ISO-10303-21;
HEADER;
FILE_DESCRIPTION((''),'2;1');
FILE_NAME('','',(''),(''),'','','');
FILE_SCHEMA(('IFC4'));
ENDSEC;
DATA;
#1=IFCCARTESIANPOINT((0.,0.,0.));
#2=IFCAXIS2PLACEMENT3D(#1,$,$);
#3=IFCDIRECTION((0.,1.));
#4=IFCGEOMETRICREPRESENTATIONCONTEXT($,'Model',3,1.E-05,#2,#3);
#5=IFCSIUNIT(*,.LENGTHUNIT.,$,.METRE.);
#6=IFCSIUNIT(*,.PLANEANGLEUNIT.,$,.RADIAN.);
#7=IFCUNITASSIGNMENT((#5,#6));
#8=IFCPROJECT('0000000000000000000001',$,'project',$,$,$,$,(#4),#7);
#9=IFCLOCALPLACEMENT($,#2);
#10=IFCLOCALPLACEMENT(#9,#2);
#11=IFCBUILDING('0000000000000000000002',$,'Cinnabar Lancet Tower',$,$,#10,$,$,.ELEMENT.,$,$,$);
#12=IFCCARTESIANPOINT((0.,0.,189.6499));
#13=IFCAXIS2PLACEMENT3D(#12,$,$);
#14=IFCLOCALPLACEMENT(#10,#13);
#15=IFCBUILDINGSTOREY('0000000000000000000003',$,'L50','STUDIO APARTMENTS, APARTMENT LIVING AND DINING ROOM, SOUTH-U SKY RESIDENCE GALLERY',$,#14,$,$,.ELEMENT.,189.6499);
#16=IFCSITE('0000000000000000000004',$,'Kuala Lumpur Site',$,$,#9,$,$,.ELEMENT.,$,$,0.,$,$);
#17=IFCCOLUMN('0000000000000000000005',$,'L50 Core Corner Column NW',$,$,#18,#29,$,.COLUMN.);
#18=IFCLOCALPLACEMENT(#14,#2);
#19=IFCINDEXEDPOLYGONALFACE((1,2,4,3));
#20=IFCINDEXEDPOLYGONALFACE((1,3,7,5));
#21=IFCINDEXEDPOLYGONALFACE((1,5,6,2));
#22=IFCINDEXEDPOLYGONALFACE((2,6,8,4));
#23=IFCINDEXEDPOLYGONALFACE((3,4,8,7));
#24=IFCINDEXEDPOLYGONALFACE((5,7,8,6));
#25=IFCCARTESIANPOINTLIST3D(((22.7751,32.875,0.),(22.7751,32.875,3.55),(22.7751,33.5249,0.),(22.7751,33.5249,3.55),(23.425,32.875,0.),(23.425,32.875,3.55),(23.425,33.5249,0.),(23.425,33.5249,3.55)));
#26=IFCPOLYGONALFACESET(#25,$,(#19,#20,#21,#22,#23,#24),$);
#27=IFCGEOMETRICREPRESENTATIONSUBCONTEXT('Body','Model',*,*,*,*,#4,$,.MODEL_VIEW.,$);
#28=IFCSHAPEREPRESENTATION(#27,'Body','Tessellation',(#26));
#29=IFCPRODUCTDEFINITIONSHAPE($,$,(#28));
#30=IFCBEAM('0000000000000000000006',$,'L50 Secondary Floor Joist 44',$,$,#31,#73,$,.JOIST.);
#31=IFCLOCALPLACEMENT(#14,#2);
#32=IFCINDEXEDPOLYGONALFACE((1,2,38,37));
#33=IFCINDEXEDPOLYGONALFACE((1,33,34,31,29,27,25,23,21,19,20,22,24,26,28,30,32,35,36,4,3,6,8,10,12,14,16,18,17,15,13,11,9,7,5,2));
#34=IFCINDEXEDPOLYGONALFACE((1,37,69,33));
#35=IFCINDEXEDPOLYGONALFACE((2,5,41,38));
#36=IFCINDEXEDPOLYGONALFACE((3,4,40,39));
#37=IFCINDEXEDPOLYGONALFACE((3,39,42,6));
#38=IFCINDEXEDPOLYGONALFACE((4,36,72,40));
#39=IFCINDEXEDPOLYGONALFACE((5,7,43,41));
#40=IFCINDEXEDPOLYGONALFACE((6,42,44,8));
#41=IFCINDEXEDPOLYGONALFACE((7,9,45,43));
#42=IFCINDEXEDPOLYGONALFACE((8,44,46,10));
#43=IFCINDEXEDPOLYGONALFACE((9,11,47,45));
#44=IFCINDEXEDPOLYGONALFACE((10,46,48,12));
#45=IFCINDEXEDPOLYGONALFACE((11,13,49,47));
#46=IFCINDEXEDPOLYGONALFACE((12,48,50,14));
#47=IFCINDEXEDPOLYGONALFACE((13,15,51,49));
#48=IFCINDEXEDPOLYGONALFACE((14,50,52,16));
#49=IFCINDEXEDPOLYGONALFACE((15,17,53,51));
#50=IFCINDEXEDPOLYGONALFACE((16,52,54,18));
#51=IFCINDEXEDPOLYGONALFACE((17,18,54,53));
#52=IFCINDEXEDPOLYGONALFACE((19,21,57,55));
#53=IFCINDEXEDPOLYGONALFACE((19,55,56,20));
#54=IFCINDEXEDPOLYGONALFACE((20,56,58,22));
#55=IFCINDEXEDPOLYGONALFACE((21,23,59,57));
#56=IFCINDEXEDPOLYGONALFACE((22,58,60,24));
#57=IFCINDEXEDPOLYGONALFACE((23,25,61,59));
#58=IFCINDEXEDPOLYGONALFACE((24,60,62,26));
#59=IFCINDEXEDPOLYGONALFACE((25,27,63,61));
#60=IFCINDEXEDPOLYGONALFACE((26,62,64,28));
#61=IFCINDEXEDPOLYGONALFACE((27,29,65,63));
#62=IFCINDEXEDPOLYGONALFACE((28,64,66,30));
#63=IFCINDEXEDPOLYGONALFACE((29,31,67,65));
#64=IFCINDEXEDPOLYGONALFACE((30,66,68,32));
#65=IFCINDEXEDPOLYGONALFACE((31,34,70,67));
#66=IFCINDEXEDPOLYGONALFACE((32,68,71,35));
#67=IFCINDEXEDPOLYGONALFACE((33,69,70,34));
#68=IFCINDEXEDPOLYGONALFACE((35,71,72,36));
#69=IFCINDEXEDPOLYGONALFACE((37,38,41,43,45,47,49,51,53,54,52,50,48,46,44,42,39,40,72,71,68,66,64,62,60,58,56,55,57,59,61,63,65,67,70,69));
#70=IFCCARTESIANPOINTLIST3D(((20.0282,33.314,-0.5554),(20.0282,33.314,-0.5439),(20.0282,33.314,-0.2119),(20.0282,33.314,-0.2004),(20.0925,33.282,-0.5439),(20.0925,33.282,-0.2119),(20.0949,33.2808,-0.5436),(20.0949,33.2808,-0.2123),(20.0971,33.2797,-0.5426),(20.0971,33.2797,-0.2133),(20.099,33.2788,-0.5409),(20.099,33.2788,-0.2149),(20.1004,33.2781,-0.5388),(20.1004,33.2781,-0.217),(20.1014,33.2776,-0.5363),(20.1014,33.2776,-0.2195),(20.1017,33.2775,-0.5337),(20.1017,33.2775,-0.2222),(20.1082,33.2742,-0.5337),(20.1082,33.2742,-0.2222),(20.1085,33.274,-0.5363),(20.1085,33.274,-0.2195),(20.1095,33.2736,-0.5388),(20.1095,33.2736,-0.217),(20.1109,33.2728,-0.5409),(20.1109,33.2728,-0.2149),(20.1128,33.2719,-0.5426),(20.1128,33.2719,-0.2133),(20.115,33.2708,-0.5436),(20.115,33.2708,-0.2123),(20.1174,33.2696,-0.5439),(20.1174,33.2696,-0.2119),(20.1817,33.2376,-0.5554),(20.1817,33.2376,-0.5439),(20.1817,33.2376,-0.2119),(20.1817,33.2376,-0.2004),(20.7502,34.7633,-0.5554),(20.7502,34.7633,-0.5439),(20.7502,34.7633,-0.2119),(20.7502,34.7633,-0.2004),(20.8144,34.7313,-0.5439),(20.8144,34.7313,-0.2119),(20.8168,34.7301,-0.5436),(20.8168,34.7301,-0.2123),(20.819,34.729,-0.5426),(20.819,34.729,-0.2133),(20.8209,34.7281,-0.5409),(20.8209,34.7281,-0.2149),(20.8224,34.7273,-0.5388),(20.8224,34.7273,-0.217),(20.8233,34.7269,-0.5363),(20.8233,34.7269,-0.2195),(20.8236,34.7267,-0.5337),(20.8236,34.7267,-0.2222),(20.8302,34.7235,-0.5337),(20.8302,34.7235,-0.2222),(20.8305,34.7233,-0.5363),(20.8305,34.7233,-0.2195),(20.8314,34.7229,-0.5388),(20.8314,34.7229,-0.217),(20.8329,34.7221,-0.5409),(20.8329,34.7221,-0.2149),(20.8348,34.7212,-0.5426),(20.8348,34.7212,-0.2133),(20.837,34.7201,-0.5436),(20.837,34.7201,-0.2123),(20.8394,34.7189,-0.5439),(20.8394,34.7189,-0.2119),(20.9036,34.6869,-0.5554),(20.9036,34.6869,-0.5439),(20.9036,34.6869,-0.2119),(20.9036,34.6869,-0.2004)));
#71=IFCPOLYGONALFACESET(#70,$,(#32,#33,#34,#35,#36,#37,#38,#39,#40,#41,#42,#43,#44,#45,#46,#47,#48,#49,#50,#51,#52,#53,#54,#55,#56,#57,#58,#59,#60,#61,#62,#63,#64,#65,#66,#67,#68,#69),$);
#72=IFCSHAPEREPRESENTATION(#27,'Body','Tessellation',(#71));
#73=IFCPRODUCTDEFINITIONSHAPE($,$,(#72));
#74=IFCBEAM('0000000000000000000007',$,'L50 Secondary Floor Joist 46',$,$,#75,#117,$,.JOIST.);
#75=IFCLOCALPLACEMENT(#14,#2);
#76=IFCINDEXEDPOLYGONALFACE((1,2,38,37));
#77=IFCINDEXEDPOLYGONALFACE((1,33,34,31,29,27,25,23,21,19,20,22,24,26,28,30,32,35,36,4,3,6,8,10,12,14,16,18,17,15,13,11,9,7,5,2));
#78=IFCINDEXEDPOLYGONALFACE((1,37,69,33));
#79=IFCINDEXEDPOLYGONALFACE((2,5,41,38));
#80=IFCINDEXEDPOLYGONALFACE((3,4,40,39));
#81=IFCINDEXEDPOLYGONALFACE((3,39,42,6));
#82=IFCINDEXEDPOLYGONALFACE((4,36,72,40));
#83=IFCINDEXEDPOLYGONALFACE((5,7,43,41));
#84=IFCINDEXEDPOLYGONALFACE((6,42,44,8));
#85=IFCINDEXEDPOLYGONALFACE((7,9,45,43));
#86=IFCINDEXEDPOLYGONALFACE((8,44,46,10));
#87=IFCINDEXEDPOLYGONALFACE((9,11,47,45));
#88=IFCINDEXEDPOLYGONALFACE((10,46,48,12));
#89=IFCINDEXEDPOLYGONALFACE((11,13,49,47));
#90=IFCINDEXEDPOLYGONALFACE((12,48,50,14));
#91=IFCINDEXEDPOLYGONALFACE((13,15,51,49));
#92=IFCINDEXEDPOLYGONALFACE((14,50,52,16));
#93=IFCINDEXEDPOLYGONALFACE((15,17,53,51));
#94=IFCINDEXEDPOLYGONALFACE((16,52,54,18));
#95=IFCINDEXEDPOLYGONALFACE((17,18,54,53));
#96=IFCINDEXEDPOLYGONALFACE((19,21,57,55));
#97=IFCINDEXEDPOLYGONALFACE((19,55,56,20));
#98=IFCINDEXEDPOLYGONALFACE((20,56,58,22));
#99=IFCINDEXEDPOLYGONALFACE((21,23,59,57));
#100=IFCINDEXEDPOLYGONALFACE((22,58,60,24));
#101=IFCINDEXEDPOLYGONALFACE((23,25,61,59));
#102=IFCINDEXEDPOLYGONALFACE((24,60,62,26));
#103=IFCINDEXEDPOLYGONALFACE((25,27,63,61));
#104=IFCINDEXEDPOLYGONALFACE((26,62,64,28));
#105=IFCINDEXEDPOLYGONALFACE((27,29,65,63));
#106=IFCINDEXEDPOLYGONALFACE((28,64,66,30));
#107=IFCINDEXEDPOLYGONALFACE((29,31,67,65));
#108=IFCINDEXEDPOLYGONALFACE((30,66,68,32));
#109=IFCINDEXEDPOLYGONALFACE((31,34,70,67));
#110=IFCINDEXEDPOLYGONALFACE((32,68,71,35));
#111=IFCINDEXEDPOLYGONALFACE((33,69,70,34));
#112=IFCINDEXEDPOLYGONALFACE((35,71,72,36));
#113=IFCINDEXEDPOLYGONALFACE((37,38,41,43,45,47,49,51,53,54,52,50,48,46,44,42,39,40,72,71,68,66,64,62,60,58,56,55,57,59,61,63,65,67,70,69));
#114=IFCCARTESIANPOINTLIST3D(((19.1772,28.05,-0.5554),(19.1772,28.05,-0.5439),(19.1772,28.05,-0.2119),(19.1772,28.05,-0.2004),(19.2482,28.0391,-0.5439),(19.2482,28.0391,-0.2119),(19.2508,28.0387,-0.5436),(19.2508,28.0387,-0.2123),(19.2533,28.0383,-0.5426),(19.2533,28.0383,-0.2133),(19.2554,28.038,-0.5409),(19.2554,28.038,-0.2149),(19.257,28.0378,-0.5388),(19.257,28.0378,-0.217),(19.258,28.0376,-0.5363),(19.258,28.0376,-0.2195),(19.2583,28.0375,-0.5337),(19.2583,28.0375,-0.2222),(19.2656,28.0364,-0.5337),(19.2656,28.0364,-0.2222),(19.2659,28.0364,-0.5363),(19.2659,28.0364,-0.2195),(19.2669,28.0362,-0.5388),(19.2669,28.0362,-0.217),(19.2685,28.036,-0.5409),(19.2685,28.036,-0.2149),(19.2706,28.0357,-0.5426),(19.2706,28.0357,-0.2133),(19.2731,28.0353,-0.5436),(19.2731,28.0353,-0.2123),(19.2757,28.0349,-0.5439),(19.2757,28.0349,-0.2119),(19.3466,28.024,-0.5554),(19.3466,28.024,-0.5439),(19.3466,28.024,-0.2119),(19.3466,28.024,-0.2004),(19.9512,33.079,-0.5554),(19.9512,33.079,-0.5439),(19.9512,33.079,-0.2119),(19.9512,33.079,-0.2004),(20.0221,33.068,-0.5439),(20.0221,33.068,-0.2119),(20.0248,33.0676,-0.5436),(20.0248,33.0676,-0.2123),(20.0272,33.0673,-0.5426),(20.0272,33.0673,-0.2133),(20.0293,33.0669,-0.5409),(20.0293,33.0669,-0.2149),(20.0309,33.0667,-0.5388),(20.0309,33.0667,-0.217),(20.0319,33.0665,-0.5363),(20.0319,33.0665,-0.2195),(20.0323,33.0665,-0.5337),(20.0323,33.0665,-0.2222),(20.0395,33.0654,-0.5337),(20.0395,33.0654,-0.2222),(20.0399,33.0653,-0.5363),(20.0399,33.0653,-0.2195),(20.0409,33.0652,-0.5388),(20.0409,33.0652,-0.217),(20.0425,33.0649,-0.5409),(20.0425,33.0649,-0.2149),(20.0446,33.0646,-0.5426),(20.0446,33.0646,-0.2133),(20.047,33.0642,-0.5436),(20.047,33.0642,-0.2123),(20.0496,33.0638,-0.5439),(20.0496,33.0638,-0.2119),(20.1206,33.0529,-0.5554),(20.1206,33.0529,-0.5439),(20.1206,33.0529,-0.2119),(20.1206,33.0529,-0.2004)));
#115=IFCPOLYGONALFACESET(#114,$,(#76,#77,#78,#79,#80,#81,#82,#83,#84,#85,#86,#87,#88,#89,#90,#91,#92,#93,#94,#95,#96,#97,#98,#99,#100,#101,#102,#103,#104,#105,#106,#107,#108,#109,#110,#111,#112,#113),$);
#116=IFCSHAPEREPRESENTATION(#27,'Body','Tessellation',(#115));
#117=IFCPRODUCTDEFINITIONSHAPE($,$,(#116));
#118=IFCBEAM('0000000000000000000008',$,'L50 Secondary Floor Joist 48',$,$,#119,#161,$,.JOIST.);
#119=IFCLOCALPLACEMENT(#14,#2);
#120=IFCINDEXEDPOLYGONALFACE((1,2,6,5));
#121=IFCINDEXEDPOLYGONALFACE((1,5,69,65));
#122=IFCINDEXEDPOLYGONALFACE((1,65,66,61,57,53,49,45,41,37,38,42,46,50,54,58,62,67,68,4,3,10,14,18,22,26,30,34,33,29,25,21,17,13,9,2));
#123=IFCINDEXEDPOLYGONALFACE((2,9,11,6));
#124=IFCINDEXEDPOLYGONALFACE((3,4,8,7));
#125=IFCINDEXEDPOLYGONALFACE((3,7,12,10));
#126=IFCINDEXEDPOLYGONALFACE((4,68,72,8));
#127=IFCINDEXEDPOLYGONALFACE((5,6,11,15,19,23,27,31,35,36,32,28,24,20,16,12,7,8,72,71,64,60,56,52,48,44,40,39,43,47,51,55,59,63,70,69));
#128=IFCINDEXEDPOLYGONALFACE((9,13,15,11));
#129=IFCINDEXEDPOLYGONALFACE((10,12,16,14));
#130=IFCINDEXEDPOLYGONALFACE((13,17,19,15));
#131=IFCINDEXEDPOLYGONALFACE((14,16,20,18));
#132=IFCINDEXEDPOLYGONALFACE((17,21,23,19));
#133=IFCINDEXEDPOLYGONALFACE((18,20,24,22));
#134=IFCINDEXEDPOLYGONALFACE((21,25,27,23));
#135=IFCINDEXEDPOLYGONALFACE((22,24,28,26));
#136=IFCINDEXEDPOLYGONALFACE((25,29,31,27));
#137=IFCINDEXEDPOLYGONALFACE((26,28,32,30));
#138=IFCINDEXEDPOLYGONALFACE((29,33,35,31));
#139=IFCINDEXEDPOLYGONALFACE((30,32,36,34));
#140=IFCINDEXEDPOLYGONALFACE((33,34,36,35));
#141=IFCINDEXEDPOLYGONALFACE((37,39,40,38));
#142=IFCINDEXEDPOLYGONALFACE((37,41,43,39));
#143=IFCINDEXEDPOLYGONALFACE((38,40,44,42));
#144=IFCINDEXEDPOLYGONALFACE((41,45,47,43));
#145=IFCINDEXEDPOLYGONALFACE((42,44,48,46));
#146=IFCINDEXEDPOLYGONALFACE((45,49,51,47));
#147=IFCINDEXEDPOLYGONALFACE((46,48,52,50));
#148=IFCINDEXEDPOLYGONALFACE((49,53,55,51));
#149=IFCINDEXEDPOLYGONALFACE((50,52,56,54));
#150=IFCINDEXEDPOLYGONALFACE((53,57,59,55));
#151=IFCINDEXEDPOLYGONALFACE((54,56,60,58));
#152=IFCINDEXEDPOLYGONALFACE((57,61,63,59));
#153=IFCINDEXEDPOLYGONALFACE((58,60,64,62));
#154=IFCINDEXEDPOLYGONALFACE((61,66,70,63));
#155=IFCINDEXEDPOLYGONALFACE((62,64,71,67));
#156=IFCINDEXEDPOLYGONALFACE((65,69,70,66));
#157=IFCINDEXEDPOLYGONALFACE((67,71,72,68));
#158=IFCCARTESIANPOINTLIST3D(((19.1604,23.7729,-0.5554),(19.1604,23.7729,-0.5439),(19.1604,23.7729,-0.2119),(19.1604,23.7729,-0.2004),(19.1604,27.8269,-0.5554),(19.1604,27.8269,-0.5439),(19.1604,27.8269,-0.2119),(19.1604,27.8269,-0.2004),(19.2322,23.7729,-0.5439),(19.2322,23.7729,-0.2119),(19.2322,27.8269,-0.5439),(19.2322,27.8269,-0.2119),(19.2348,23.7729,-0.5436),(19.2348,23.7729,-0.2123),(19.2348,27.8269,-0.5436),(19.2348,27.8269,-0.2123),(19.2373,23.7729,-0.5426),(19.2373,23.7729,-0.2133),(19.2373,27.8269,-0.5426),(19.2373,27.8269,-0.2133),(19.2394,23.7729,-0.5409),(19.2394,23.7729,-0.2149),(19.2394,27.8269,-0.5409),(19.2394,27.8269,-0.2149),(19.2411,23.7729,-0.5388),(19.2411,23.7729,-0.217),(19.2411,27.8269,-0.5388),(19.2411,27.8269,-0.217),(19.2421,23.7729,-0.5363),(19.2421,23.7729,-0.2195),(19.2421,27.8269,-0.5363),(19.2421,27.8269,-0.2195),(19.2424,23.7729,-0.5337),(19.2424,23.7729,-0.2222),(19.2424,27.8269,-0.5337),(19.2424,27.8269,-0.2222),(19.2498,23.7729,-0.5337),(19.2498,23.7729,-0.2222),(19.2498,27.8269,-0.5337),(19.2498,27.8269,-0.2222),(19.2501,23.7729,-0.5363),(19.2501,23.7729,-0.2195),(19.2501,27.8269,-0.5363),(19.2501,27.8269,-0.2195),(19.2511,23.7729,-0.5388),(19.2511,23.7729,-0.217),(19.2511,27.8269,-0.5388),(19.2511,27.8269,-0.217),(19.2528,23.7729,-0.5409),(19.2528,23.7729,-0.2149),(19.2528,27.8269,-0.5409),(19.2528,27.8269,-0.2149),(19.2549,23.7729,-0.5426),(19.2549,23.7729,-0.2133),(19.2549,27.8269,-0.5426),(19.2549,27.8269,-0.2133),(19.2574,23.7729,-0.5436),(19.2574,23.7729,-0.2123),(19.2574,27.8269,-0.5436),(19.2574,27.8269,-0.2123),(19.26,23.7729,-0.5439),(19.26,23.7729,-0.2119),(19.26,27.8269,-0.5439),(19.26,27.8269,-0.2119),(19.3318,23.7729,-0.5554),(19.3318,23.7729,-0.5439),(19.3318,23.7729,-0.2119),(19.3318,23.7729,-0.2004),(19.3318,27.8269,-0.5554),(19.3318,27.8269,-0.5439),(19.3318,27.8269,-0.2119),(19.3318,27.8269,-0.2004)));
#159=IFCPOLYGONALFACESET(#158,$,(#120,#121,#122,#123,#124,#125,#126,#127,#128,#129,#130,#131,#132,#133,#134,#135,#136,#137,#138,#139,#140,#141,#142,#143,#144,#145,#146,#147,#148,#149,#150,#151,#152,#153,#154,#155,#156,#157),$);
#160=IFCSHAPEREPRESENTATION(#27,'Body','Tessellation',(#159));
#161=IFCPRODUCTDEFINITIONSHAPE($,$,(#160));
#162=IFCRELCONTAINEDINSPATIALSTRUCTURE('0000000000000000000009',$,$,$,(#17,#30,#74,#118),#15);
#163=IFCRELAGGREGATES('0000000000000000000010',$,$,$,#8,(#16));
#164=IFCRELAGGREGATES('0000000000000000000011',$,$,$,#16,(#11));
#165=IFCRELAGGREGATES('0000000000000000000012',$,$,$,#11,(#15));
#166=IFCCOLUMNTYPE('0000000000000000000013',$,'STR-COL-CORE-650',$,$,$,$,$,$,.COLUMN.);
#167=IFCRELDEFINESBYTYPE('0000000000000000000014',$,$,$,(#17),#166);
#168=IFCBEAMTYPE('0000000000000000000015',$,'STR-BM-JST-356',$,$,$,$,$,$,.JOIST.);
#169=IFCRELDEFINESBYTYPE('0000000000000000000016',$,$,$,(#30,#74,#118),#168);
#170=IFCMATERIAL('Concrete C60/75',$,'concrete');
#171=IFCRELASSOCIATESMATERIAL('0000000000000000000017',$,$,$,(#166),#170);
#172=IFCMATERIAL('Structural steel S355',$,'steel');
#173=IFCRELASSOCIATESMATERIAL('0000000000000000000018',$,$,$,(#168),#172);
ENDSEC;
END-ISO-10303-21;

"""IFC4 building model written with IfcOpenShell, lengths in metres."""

from ifc_helpers import new_model, si_unit, direction, frame, origin, origin_2d, place, context, subcontext, project, spatial, rectangle, i_section, extrude, material, material_profile, profile_set, type_object, element, save


model = new_model("IFC4")

# Units and contexts
model_context = context("Model", 3, precision=1e-05, world=origin(), true_north=direction((0.0, 1.0)))
body_context = subcontext(model_context, "Body", "Model", "MODEL_VIEW")
ifc_project = project(units=[si_unit("LENGTHUNIT", "METRE"), si_unit("PLANEANGLEUNIT", "RADIAN")], contexts=[model_context])

# Site, building, storey
site_placement = place(None, origin())
site = spatial("IfcSite", under=ifc_project, at=site_placement, Name="Kuala Lumpur Site", CompositionType="ELEMENT", RefElevation=0.0)
building_placement = place(site_placement, origin())
building = spatial("IfcBuilding", under=site, at=building_placement, Name="Cinnabar Lancet Tower", CompositionType="ELEMENT")
storey_placement = place(building_placement, frame((0.0, 0.0, 189.6499)))
storey = spatial("IfcBuildingStorey", under=building, at=storey_placement, Name="L50", Description="STUDIO APARTMENTS, APARTMENT LIVING AND DINING ROOM, SOUTH-U SKY RESIDENCE GALLERY", CompositionType="ELEMENT", Elevation=189.6499)

# Column
ifc_material_1 = material(Name="Concrete C60/75", Category="concrete")
ifc_material_profile_1 = material_profile(ifc_material_1, rectangle(XDim=0.6499, YDim=0.6499, at=origin_2d()), Name="RC-COL 650x650")
ifc_profile_set_1 = profile_set([ifc_material_profile_1], Name="Concrete C60/75")
column_type = type_object("IfcColumnType", Name="STR-COL-CORE-650", PredefinedType="COLUMN", material=ifc_profile_set_1)
column_placement = place(storey_placement, frame((23.1001, 33.2, 0.0), z_axis=(0.0, 0.0, 1.0), x_axis=(1.0, 0.0, 0.0)))
element("IfcColumn", 1, at=column_placement, inside=storey, type_object=column_type, Name="L50 Core Corner Column NW", PredefinedType="COLUMN", context=body_context, shape_type="SweptSolid", body=[
    extrude(rectangle(XDim=0.6499, YDim=0.6499, at=origin_2d()), origin(), (0.0, 0.0, 1.0), 3.55),
])

# Beams
ifc_material_2 = material(Name="Structural steel S355", Category="steel")
ifc_material_profile_2 = material_profile(ifc_material_2, i_section(OverallWidth=0.1714, OverallDepth=0.355, WebThickness=0.0073, FlangeThickness=0.0115, FilletRadius=0.0103, at=origin_2d()), Name="UKB 356x171x51")
ifc_profile_set_2 = profile_set([ifc_material_profile_2], Name="Structural steel S355")
beam_type_1 = type_object("IfcBeamType", Name="STR-BM-JST-356", PredefinedType="JOIST", material=ifc_profile_set_2)
beam_1_placement = place(storey_placement, frame((20.8269, 34.7251, -0.3779), z_axis=(-0.445886, -0.89509, 0.0), x_axis=(0.89509, -0.445886, 0.0)))
element("IfcBeam", 2, at=beam_1_placement, inside=storey, type_object=beam_type_1, Name="L50 Secondary Floor Joist 44", PredefinedType="JOIST", context=body_context, shape_type="SweptSolid", body=[
    extrude(i_section(OverallWidth=0.1714, OverallDepth=0.355, WebThickness=0.0073, FlangeThickness=0.0115, FilletRadius=0.0103, at=origin_2d()), origin(), (0.0, 0.0, 1.0), 1.6191),
])
beam_2_placement = place(storey_placement, frame((20.0359, 33.0659, -0.3779), z_axis=(-0.152108, -0.988364, 0.0), x_axis=(0.988364, -0.152108, 0.0)))
element("IfcBeam", 3, at=beam_2_placement, inside=storey, type_object=beam_type_1, Name="L50 Secondary Floor Joist 46", PredefinedType="JOIST", context=body_context, shape_type="SweptSolid", body=[
    extrude(i_section(OverallWidth=0.1714, OverallDepth=0.355, WebThickness=0.0073, FlangeThickness=0.0115, FilletRadius=0.0103, at=origin_2d()), origin(), (0.0, 0.0, 1.0), 5.0881),
])
beam_3_placement = place(storey_placement, frame((19.2461, 27.8269, -0.3779), z_axis=(0.0, -1.0, 0.0), x_axis=(1.0, 0.0, 0.0)))
element("IfcBeam", 4, at=beam_3_placement, inside=storey, type_object=beam_type_1, Name="L50 Secondary Floor Joist 48", PredefinedType="JOIST", context=body_context, shape_type="SweptSolid", body=[
    extrude(i_section(OverallWidth=0.1714, OverallDepth=0.355, WebThickness=0.0073, FlangeThickness=0.0115, FilletRadius=0.0103, at=origin_2d()), origin(), (0.0, 0.0, 1.0), 4.054),
])

save(model, "model.ifc")
